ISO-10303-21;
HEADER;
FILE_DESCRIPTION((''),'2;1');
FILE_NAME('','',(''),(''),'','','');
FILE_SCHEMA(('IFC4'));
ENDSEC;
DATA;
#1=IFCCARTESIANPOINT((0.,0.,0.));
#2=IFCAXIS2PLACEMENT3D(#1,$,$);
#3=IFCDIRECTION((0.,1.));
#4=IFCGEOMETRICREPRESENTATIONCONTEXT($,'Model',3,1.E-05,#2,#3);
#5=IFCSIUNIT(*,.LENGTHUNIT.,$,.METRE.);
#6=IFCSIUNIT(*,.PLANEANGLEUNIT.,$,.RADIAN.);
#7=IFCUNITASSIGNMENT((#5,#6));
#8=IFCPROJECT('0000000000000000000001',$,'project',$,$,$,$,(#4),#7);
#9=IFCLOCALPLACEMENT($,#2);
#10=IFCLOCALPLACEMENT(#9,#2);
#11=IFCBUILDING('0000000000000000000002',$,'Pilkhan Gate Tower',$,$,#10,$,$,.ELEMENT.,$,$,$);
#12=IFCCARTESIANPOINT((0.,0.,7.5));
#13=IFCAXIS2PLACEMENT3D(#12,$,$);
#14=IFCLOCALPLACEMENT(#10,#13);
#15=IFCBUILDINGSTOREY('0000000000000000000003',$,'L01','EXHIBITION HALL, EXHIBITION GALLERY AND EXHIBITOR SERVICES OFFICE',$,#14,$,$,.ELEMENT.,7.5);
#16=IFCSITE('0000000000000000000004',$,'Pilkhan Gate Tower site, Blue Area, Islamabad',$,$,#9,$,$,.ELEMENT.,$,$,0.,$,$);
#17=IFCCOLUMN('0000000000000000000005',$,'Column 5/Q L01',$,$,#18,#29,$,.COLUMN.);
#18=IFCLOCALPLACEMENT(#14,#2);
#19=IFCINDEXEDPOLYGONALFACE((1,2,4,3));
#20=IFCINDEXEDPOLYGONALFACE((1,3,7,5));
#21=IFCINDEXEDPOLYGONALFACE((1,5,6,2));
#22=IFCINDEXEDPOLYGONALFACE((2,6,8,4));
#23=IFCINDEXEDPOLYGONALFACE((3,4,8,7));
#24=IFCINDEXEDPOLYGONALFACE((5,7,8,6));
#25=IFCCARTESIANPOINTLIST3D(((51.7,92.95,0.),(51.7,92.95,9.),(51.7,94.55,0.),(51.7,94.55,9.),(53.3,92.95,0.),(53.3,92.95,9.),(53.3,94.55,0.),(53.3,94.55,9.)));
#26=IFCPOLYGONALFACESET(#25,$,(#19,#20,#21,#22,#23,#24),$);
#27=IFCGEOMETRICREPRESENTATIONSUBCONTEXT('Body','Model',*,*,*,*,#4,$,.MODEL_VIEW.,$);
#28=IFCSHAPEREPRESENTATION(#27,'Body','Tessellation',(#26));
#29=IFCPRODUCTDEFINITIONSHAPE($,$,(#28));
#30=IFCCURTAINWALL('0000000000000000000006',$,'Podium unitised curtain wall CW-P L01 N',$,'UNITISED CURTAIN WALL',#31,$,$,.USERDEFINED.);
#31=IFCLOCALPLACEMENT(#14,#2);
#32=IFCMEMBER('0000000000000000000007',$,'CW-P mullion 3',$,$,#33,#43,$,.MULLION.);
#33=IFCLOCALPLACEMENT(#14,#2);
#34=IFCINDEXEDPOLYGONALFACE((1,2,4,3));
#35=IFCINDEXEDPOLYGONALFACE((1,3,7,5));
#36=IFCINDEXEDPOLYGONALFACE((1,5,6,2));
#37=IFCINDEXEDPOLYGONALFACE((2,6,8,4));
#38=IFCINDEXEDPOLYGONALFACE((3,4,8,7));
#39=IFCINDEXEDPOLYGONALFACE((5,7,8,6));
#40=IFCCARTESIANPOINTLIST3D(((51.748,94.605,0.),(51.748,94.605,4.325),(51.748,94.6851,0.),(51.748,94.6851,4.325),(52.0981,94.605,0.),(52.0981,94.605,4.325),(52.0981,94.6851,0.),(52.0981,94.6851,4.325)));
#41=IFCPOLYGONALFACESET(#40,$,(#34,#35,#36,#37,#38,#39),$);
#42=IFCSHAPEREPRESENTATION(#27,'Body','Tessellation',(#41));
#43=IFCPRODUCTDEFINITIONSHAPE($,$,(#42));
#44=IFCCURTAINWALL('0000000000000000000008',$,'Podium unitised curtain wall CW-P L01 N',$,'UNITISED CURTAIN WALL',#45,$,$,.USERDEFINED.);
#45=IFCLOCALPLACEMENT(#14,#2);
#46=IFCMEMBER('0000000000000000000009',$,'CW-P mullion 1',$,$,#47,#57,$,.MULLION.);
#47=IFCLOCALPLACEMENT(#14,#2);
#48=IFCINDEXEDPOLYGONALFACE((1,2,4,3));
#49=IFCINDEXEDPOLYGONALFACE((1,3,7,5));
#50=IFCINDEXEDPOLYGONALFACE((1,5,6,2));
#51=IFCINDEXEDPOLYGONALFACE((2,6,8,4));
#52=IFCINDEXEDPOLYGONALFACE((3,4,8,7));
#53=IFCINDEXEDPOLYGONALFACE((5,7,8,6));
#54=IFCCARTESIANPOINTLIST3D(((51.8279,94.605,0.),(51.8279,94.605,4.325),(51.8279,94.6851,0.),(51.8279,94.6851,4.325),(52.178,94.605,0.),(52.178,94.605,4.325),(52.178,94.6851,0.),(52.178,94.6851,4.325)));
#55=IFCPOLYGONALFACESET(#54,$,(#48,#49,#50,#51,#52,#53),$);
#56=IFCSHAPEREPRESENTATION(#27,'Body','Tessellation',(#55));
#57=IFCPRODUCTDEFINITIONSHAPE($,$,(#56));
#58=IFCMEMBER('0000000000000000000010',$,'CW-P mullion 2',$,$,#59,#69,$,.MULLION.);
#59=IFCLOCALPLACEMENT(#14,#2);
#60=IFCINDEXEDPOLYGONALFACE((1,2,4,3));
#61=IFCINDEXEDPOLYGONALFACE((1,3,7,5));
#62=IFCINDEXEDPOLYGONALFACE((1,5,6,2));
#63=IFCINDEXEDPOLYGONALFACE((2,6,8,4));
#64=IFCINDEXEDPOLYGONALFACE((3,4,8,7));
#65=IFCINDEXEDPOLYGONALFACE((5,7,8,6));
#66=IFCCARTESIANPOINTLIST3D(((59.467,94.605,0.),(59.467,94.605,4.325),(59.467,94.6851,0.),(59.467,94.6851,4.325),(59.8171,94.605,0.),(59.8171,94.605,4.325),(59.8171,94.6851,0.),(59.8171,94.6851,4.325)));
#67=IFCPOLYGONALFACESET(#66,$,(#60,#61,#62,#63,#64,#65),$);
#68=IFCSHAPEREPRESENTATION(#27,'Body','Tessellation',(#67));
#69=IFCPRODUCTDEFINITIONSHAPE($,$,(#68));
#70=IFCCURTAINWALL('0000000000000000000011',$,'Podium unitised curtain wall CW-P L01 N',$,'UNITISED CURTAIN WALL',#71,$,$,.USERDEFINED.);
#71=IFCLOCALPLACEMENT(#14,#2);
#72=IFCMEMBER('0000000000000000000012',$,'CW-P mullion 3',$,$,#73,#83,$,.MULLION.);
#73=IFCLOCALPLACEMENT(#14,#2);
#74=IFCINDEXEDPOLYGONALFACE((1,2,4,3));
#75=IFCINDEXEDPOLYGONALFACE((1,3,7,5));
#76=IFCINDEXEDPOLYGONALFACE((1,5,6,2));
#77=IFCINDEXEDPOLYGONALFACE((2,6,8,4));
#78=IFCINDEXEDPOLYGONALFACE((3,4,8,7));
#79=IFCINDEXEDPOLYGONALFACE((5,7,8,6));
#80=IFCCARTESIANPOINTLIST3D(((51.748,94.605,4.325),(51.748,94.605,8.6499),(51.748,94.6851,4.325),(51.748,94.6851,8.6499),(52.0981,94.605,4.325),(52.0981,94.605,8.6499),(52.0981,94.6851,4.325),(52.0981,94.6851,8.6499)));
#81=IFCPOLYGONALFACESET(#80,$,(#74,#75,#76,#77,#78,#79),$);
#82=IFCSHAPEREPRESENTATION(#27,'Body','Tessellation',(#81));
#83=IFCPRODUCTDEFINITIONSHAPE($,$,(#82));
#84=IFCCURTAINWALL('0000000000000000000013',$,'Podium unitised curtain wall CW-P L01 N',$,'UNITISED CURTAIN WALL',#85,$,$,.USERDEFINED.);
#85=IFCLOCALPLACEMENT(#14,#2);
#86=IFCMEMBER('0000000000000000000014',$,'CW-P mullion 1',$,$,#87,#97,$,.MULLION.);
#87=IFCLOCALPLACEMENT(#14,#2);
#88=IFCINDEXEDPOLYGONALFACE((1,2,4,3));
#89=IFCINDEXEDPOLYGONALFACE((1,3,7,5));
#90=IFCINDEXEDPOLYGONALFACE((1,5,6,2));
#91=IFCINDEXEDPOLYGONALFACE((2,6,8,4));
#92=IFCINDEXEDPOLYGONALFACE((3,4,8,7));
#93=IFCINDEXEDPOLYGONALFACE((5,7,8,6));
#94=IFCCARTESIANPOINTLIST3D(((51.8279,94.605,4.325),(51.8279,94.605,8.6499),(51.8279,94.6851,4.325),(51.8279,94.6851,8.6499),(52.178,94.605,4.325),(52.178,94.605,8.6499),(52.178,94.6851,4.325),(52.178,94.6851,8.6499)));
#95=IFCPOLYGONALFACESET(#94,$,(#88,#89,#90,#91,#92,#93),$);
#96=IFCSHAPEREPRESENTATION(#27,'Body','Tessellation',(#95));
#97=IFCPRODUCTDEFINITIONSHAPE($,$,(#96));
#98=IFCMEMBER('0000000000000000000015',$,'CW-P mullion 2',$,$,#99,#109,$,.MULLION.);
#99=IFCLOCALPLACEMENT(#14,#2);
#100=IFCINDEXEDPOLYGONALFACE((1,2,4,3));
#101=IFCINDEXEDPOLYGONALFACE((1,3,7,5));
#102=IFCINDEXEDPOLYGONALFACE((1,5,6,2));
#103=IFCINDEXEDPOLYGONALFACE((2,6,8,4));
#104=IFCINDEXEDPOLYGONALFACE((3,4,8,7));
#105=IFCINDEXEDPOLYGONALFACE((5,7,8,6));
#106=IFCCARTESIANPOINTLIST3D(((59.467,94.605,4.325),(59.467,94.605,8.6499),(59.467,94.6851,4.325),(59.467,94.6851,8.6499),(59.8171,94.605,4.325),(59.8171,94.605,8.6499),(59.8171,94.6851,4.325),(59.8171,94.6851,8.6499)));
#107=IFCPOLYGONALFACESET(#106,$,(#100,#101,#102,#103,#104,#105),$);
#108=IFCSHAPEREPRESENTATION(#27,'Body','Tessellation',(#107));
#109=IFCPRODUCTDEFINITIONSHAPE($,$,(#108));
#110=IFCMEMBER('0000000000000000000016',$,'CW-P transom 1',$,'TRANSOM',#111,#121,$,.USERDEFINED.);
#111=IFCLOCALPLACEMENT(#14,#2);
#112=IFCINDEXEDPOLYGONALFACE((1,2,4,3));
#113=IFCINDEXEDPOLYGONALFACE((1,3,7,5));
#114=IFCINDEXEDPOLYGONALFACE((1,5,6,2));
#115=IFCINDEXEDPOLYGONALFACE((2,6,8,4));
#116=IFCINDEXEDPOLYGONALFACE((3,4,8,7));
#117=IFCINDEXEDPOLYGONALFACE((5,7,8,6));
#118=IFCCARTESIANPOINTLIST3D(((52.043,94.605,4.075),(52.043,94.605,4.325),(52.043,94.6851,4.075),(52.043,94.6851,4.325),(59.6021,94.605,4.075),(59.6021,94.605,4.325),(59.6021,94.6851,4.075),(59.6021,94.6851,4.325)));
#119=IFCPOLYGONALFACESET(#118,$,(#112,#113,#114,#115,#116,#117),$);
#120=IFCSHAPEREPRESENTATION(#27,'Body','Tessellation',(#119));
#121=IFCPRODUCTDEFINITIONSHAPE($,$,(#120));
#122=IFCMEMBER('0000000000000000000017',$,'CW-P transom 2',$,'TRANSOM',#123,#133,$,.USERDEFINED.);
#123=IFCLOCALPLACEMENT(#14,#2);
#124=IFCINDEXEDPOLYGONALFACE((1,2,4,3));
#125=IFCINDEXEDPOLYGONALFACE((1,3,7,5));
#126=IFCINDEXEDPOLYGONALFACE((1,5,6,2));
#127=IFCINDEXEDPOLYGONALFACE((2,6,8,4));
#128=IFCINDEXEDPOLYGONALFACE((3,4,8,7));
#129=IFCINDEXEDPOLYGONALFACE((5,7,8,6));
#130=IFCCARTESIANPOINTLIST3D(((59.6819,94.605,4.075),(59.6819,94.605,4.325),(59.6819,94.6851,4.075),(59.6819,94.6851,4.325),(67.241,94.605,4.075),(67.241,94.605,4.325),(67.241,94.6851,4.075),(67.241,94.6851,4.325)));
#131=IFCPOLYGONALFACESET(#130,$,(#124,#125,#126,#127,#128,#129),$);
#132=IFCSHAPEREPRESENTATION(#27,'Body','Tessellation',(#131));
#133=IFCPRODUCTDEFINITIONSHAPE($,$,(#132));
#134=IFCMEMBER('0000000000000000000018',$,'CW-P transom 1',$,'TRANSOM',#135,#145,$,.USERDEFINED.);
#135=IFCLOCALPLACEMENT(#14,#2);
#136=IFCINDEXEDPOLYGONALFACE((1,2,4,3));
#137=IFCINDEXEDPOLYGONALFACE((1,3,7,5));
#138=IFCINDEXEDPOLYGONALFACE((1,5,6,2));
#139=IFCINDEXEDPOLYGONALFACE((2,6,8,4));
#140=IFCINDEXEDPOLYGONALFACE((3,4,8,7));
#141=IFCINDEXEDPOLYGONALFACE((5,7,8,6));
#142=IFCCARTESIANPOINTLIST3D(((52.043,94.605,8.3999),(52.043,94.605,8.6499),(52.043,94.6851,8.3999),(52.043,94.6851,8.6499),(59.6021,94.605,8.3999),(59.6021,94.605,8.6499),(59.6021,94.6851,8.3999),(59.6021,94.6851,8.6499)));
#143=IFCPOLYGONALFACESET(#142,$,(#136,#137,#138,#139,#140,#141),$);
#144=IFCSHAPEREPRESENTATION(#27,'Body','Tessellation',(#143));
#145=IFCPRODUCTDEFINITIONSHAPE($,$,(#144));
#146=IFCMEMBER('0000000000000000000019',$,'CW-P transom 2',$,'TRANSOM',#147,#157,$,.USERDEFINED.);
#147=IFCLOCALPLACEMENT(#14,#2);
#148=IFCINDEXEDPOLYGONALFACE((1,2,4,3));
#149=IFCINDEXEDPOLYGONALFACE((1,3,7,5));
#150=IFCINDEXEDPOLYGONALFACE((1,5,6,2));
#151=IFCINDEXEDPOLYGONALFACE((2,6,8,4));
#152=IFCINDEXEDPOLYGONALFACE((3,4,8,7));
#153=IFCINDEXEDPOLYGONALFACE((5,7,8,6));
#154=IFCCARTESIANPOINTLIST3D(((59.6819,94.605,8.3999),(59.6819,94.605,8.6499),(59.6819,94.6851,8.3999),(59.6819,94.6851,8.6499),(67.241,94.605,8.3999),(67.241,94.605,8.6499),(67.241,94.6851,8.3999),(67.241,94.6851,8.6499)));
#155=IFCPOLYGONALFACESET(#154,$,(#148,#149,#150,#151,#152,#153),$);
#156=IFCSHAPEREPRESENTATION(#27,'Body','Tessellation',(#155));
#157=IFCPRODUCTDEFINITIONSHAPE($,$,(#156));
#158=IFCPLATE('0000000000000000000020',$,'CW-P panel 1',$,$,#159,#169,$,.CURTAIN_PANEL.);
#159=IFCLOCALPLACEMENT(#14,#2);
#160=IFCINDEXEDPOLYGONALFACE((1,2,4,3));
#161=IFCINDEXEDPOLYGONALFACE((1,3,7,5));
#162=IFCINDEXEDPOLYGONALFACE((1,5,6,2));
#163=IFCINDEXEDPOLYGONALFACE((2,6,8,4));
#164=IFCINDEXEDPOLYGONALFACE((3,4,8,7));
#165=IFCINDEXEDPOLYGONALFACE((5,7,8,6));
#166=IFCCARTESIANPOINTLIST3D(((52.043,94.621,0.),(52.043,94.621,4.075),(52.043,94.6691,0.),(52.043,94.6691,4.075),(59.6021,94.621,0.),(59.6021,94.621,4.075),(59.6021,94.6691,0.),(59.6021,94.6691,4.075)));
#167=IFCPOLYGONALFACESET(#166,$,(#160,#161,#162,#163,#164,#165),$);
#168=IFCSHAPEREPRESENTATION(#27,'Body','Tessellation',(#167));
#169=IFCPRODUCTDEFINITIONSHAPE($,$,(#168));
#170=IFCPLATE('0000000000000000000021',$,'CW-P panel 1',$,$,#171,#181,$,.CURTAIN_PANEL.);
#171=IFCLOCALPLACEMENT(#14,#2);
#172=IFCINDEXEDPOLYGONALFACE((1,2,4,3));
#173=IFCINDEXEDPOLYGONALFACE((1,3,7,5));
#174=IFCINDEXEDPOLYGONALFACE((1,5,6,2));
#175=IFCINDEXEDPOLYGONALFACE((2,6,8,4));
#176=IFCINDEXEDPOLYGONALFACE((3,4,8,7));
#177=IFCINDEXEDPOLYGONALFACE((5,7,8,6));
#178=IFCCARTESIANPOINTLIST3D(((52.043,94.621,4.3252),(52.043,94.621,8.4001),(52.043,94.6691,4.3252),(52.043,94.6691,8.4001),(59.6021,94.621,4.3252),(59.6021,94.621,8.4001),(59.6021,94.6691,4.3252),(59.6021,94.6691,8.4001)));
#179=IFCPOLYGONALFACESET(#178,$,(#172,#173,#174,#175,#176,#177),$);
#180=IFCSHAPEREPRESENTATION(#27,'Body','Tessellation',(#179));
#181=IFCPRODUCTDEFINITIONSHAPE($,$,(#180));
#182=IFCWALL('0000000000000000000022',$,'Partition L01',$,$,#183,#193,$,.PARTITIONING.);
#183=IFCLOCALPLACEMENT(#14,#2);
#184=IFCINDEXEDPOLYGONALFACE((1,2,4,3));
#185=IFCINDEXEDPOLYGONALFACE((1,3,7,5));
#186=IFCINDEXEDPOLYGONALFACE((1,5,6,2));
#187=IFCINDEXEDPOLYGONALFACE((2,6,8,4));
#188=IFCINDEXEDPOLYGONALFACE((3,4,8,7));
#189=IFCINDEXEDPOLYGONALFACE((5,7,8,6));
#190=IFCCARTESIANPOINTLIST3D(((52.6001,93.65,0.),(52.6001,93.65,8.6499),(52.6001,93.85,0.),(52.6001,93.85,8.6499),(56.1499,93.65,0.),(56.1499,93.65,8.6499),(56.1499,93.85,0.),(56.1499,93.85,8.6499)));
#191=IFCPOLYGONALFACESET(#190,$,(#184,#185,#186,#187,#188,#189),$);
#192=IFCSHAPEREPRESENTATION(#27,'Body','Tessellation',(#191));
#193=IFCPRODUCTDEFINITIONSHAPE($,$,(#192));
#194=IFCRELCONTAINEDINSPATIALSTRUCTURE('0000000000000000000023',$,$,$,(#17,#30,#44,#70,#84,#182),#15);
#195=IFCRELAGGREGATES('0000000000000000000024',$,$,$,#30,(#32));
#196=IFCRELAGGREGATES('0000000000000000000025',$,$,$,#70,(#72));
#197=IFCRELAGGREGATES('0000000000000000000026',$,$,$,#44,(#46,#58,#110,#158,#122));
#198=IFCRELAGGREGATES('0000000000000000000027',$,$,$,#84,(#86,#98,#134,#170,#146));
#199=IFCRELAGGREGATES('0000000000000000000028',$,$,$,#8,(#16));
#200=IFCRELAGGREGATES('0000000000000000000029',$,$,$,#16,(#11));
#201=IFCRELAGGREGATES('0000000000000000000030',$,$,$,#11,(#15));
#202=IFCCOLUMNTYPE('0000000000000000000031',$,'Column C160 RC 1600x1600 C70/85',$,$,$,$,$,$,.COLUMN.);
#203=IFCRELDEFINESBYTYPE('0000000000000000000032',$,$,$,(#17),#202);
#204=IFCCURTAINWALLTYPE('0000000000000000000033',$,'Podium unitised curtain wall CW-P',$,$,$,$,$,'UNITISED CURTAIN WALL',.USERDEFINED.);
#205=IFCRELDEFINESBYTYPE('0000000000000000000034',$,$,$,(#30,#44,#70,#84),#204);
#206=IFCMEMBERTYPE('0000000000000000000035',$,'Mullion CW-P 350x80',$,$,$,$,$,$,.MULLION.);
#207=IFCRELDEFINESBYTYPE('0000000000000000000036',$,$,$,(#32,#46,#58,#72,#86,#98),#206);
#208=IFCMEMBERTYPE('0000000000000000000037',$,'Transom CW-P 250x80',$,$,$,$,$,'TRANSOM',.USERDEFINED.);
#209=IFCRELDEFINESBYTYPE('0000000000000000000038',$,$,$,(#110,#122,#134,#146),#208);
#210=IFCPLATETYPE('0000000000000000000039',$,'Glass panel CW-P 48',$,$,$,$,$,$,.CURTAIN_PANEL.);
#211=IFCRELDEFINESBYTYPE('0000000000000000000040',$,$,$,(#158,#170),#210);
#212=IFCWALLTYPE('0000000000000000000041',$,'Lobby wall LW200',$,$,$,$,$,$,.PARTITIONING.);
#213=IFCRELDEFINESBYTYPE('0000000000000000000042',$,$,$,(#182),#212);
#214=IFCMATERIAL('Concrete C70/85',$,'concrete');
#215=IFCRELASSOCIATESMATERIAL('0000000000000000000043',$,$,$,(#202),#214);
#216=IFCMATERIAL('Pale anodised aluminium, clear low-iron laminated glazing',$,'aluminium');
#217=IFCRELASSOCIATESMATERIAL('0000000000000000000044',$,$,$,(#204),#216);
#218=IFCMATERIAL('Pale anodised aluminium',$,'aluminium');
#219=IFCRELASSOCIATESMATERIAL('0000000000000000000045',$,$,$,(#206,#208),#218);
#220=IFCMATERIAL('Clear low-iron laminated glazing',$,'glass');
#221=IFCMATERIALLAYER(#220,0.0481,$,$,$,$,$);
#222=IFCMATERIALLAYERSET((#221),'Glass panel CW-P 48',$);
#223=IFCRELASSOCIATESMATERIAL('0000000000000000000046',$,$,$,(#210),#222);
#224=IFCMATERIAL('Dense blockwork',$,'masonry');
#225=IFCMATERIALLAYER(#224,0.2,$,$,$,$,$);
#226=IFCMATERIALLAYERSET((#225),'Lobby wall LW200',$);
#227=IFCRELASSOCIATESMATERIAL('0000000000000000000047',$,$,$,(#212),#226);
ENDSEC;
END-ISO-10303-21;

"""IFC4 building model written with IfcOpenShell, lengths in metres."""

from ifc_helpers import new_model, si_unit, direction, frame, frame_2d, origin, origin_2d, place, context, subcontext, project, spatial, rectangle, extrude, material, layer, layer_set, material_profile, profile_set, type_object, element, aggregate, save


model = new_model("IFC4")

# Units and contexts
model_context = context("Model", 3, precision=1e-05, world=origin(), true_north=direction((0.0, 1.0)))
body_context = subcontext(model_context, "Body", "Model", "MODEL_VIEW")
ifc_project = project(units=[si_unit("LENGTHUNIT", "METRE"), si_unit("PLANEANGLEUNIT", "RADIAN")], contexts=[model_context])

# Site, building, storey
site_placement = place(None, origin())
site = spatial("IfcSite", under=ifc_project, at=site_placement, Name="Pilkhan Gate Tower site, Blue Area, Islamabad", CompositionType="ELEMENT", RefElevation=0.0)
building_placement = place(site_placement, origin())
building = spatial("IfcBuilding", under=site, at=building_placement, Name="Pilkhan Gate Tower", CompositionType="ELEMENT")
storey_placement = place(building_placement, frame((0.0, 0.0, 7.5)))
storey = spatial("IfcBuildingStorey", under=building, at=storey_placement, Name="L01", Description="EXHIBITION HALL, EXHIBITION GALLERY AND EXHIBITOR SERVICES OFFICE", CompositionType="ELEMENT", Elevation=7.5)

# Column
ifc_material_1 = material(Name="Concrete C70/85", Category="concrete")
ifc_material_profile_1 = material_profile(ifc_material_1, rectangle(XDim=1.6001, YDim=1.6001, at=origin_2d()), Name="RC 1600x1600")
ifc_profile_set_1 = profile_set([ifc_material_profile_1], Name="Concrete C70/85")
column_type = type_object("IfcColumnType", Name="Column C160 RC 1600x1600 C70/85", PredefinedType="COLUMN", material=ifc_profile_set_1)
column_placement = place(storey_placement, frame((52.5, 93.75, 0.0), z_axis=(0.0, 0.0, 1.0), x_axis=(1.0, 0.0, 0.0)))
element("IfcColumn", 1, at=column_placement, inside=storey, type_object=column_type, Name="Column 5/Q L01", PredefinedType="COLUMN", context=body_context, shape_type="SweptSolid", body=[
    extrude(rectangle(XDim=1.6001, YDim=1.6001, at=origin_2d()), origin(), (0.0, 0.0, 1.0), 9.0),
])

# Curtain wall, member
ifc_material_2 = material(Name="Pale anodised aluminium, clear low-iron laminated glazing", Category="aluminium")
curtain_wall_type = type_object("IfcCurtainWallType", Name="Podium unitised curtain wall CW-P", ElementType="UNITISED CURTAIN WALL", PredefinedType="USERDEFINED", material=ifc_material_2)
curtain_wall_1_placement = place(storey_placement, origin())
curtain_wall_1 = element("IfcCurtainWall", 2, at=curtain_wall_1_placement, inside=storey, type_object=curtain_wall_type, Name="Podium unitised curtain wall CW-P L01 N", ObjectType="UNITISED CURTAIN WALL", PredefinedType="USERDEFINED")
ifc_material_3 = material(Name="Pale anodised aluminium", Category="aluminium")
ifc_material_profile_2 = material_profile(ifc_material_3, rectangle(XDim=0.0801, YDim=0.3501, at=origin_2d()), Name="Mullion 350x80")
ifc_profile_set_2 = profile_set([ifc_material_profile_2], Name="Pale anodised aluminium")
member_type_1 = type_object("IfcMemberType", Name="Mullion CW-P 350x80", PredefinedType="MULLION", material=ifc_profile_set_2)
member_1_placement = place(storey_placement, frame((51.9231, 94.645, 0.0), z_axis=(0.0, 0.0, 1.0), x_axis=(0.0, 1.0, 0.0)))
member_1 = element("IfcMember", 3, at=member_1_placement, type_object=member_type_1, Name="CW-P mullion 3", PredefinedType="MULLION", context=body_context, shape_type="SweptSolid", body=[
    extrude(rectangle(XDim=0.0801, YDim=0.3501, at=origin_2d()), origin(), (0.0, 0.0, 1.0), 4.325),
])
aggregate(curtain_wall_1, [member_1])

# Curtain wall, members
curtain_wall_2_placement = place(storey_placement, origin())
curtain_wall_2 = element("IfcCurtainWall", 4, at=curtain_wall_2_placement, inside=storey, type_object=curtain_wall_type, Name="Podium unitised curtain wall CW-P L01 N", ObjectType="UNITISED CURTAIN WALL", PredefinedType="USERDEFINED")
member_2_placement = place(storey_placement, frame((52.0029, 94.645, 0.0), z_axis=(0.0, 0.0, 1.0), x_axis=(0.0, 1.0, 0.0)))
member_2 = element("IfcMember", 5, at=member_2_placement, type_object=member_type_1, Name="CW-P mullion 1", PredefinedType="MULLION", context=body_context, shape_type="SweptSolid", body=[
    extrude(rectangle(XDim=0.0801, YDim=0.3501, at=origin_2d()), origin(), (0.0, 0.0, 1.0), 4.325),
])
member_3_placement = place(storey_placement, frame((59.6421, 94.645, 0.0), z_axis=(0.0, 0.0, 1.0), x_axis=(0.0, 1.0, 0.0)))
member_3 = element("IfcMember", 6, at=member_3_placement, type_object=member_type_1, Name="CW-P mullion 2", PredefinedType="MULLION", context=body_context, shape_type="SweptSolid", body=[
    extrude(rectangle(XDim=0.0801, YDim=0.3501, at=origin_2d()), origin(), (0.0, 0.0, 1.0), 4.325),
])

# Curtain wall, member
curtain_wall_3_placement = place(storey_placement, origin())
curtain_wall_3 = element("IfcCurtainWall", 7, at=curtain_wall_3_placement, inside=storey, type_object=curtain_wall_type, Name="Podium unitised curtain wall CW-P L01 N", ObjectType="UNITISED CURTAIN WALL", PredefinedType="USERDEFINED")
member_4_placement = place(storey_placement, frame((51.9231, 94.645, 4.325), z_axis=(0.0, 0.0, 1.0), x_axis=(0.0, 1.0, 0.0)))
member_4 = element("IfcMember", 8, at=member_4_placement, type_object=member_type_1, Name="CW-P mullion 3", PredefinedType="MULLION", context=body_context, shape_type="SweptSolid", body=[
    extrude(rectangle(XDim=0.0801, YDim=0.3501, at=origin_2d()), origin(), (0.0, 0.0, 1.0), 4.325),
])
aggregate(curtain_wall_3, [member_4])

# Curtain wall, members
curtain_wall_4_placement = place(storey_placement, origin())
curtain_wall_4 = element("IfcCurtainWall", 9, at=curtain_wall_4_placement, inside=storey, type_object=curtain_wall_type, Name="Podium unitised curtain wall CW-P L01 N", ObjectType="UNITISED CURTAIN WALL", PredefinedType="USERDEFINED")
member_5_placement = place(storey_placement, frame((52.0029, 94.645, 4.325), z_axis=(0.0, 0.0, 1.0), x_axis=(0.0, 1.0, 0.0)))
member_5 = element("IfcMember", 10, at=member_5_placement, type_object=member_type_1, Name="CW-P mullion 1", PredefinedType="MULLION", context=body_context, shape_type="SweptSolid", body=[
    extrude(rectangle(XDim=0.0801, YDim=0.3501, at=origin_2d()), origin(), (0.0, 0.0, 1.0), 4.325),
])
member_6_placement = place(storey_placement, frame((59.6421, 94.645, 4.325), z_axis=(0.0, 0.0, 1.0), x_axis=(0.0, 1.0, 0.0)))
member_6 = element("IfcMember", 11, at=member_6_placement, type_object=member_type_1, Name="CW-P mullion 2", PredefinedType="MULLION", context=body_context, shape_type="SweptSolid", body=[
    extrude(rectangle(XDim=0.0801, YDim=0.3501, at=origin_2d()), origin(), (0.0, 0.0, 1.0), 4.325),
])

# Members
ifc_material_profile_3 = material_profile(ifc_material_3, rectangle(XDim=0.0801, YDim=0.25, at=origin_2d()), Name="Transom 250x80")
ifc_profile_set_3 = profile_set([ifc_material_profile_3], Name="Pale anodised aluminium")
member_type_2 = type_object("IfcMemberType", Name="Transom CW-P 250x80", ElementType="TRANSOM", PredefinedType="USERDEFINED", material=ifc_profile_set_3)
member_7_placement = place(storey_placement, frame((52.043, 94.645, 4.2), z_axis=(1.0, 0.0, 0.0), x_axis=(0.0, 1.0, 0.0)))
member_7 = element("IfcMember", 12, at=member_7_placement, type_object=member_type_2, Name="CW-P transom 1", ObjectType="TRANSOM", PredefinedType="USERDEFINED", context=body_context, shape_type="SweptSolid", body=[
    extrude(rectangle(XDim=0.0801, YDim=0.25, at=origin_2d()), origin(), (0.0, 0.0, 1.0), 7.5591),
])
member_8_placement = place(storey_placement, frame((59.6819, 94.645, 4.2), z_axis=(1.0, 0.0, 0.0), x_axis=(0.0, 1.0, 0.0)))
member_8 = element("IfcMember", 13, at=member_8_placement, type_object=member_type_2, Name="CW-P transom 2", ObjectType="TRANSOM", PredefinedType="USERDEFINED", context=body_context, shape_type="SweptSolid", body=[
    extrude(rectangle(XDim=0.0801, YDim=0.25, at=origin_2d()), origin(), (0.0, 0.0, 1.0), 7.5591),
])
member_9_placement = place(storey_placement, frame((52.043, 94.645, 8.5249), z_axis=(1.0, 0.0, 0.0), x_axis=(0.0, 1.0, 0.0)))
member_9 = element("IfcMember", 14, at=member_9_placement, type_object=member_type_2, Name="CW-P transom 1", ObjectType="TRANSOM", PredefinedType="USERDEFINED", context=body_context, shape_type="SweptSolid", body=[
    extrude(rectangle(XDim=0.0801, YDim=0.25, at=origin_2d()), origin(), (0.0, 0.0, 1.0), 7.5591),
])
member_10_placement = place(storey_placement, frame((59.6819, 94.645, 8.5249), z_axis=(1.0, 0.0, 0.0), x_axis=(0.0, 1.0, 0.0)))
member_10 = element("IfcMember", 15, at=member_10_placement, type_object=member_type_2, Name="CW-P transom 2", ObjectType="TRANSOM", PredefinedType="USERDEFINED", context=body_context, shape_type="SweptSolid", body=[
    extrude(rectangle(XDim=0.0801, YDim=0.25, at=origin_2d()), origin(), (0.0, 0.0, 1.0), 7.5591),
])

# Plates
ifc_material_4 = material(Name="Clear low-iron laminated glazing", Category="glass")
ifc_layer_1 = layer(ifc_material_4, 0.0481)
ifc_layer_set_1 = layer_set([ifc_layer_1], Name="Glass panel CW-P 48")
plate_type = type_object("IfcPlateType", Name="Glass panel CW-P 48", PredefinedType="CURTAIN_PANEL", material=ifc_layer_set_1)
plate_1_placement = place(storey_placement, frame((55.8225, 94.645, 0.0), z_axis=(0.0, 0.0, 1.0), x_axis=(1.0, 0.0, 0.0)))
plate_1 = element("IfcPlate", 16, at=plate_1_placement, type_object=plate_type, Name="CW-P panel 1", PredefinedType="CURTAIN_PANEL", context=body_context, shape_type="SweptSolid", body=[
    extrude(rectangle(XDim=7.5591, YDim=0.0481, at=origin_2d()), origin(), (0.0, 0.0, 1.0), 4.075),
])
aggregate(curtain_wall_2, [member_2, member_3, member_7, plate_1, member_8])
plate_2_placement = place(storey_placement, frame((55.8225, 94.645, 4.3252), z_axis=(0.0, 0.0, 1.0), x_axis=(1.0, 0.0, 0.0)))
plate_2 = element("IfcPlate", 17, at=plate_2_placement, type_object=plate_type, Name="CW-P panel 1", PredefinedType="CURTAIN_PANEL", context=body_context, shape_type="SweptSolid", body=[
    extrude(rectangle(XDim=7.5591, YDim=0.0481, at=origin_2d()), origin(), (0.0, 0.0, 1.0), 4.075),
])
aggregate(curtain_wall_4, [member_5, member_6, member_9, plate_2, member_10])

# Wall
ifc_material_5 = material(Name="Dense blockwork", Category="masonry")
ifc_layer_2 = layer(ifc_material_5, 0.2)
ifc_layer_set_2 = layer_set([ifc_layer_2], Name="Lobby wall LW200")
wall_type_1 = type_object("IfcWallType", Name="Lobby wall LW200", PredefinedType="PARTITIONING", material=ifc_layer_set_2)
wall_1_placement = place(storey_placement, frame((52.6001, 93.75, 0.0), z_axis=(0.0, 0.0, 1.0), x_axis=(1.0, 0.0, 0.0)))
element("IfcWall", 18, at=wall_1_placement, inside=storey, type_object=wall_type_1, Name="Partition L01", PredefinedType="PARTITIONING", context=body_context, shape_type="SweptSolid", body=[
    extrude(rectangle(XDim=3.5498, YDim=0.2, at=frame_2d((1.7749, 0.0))), origin(), (0.0, 0.0, 1.0), 8.6499),
])

save(model, "model.ifc")
